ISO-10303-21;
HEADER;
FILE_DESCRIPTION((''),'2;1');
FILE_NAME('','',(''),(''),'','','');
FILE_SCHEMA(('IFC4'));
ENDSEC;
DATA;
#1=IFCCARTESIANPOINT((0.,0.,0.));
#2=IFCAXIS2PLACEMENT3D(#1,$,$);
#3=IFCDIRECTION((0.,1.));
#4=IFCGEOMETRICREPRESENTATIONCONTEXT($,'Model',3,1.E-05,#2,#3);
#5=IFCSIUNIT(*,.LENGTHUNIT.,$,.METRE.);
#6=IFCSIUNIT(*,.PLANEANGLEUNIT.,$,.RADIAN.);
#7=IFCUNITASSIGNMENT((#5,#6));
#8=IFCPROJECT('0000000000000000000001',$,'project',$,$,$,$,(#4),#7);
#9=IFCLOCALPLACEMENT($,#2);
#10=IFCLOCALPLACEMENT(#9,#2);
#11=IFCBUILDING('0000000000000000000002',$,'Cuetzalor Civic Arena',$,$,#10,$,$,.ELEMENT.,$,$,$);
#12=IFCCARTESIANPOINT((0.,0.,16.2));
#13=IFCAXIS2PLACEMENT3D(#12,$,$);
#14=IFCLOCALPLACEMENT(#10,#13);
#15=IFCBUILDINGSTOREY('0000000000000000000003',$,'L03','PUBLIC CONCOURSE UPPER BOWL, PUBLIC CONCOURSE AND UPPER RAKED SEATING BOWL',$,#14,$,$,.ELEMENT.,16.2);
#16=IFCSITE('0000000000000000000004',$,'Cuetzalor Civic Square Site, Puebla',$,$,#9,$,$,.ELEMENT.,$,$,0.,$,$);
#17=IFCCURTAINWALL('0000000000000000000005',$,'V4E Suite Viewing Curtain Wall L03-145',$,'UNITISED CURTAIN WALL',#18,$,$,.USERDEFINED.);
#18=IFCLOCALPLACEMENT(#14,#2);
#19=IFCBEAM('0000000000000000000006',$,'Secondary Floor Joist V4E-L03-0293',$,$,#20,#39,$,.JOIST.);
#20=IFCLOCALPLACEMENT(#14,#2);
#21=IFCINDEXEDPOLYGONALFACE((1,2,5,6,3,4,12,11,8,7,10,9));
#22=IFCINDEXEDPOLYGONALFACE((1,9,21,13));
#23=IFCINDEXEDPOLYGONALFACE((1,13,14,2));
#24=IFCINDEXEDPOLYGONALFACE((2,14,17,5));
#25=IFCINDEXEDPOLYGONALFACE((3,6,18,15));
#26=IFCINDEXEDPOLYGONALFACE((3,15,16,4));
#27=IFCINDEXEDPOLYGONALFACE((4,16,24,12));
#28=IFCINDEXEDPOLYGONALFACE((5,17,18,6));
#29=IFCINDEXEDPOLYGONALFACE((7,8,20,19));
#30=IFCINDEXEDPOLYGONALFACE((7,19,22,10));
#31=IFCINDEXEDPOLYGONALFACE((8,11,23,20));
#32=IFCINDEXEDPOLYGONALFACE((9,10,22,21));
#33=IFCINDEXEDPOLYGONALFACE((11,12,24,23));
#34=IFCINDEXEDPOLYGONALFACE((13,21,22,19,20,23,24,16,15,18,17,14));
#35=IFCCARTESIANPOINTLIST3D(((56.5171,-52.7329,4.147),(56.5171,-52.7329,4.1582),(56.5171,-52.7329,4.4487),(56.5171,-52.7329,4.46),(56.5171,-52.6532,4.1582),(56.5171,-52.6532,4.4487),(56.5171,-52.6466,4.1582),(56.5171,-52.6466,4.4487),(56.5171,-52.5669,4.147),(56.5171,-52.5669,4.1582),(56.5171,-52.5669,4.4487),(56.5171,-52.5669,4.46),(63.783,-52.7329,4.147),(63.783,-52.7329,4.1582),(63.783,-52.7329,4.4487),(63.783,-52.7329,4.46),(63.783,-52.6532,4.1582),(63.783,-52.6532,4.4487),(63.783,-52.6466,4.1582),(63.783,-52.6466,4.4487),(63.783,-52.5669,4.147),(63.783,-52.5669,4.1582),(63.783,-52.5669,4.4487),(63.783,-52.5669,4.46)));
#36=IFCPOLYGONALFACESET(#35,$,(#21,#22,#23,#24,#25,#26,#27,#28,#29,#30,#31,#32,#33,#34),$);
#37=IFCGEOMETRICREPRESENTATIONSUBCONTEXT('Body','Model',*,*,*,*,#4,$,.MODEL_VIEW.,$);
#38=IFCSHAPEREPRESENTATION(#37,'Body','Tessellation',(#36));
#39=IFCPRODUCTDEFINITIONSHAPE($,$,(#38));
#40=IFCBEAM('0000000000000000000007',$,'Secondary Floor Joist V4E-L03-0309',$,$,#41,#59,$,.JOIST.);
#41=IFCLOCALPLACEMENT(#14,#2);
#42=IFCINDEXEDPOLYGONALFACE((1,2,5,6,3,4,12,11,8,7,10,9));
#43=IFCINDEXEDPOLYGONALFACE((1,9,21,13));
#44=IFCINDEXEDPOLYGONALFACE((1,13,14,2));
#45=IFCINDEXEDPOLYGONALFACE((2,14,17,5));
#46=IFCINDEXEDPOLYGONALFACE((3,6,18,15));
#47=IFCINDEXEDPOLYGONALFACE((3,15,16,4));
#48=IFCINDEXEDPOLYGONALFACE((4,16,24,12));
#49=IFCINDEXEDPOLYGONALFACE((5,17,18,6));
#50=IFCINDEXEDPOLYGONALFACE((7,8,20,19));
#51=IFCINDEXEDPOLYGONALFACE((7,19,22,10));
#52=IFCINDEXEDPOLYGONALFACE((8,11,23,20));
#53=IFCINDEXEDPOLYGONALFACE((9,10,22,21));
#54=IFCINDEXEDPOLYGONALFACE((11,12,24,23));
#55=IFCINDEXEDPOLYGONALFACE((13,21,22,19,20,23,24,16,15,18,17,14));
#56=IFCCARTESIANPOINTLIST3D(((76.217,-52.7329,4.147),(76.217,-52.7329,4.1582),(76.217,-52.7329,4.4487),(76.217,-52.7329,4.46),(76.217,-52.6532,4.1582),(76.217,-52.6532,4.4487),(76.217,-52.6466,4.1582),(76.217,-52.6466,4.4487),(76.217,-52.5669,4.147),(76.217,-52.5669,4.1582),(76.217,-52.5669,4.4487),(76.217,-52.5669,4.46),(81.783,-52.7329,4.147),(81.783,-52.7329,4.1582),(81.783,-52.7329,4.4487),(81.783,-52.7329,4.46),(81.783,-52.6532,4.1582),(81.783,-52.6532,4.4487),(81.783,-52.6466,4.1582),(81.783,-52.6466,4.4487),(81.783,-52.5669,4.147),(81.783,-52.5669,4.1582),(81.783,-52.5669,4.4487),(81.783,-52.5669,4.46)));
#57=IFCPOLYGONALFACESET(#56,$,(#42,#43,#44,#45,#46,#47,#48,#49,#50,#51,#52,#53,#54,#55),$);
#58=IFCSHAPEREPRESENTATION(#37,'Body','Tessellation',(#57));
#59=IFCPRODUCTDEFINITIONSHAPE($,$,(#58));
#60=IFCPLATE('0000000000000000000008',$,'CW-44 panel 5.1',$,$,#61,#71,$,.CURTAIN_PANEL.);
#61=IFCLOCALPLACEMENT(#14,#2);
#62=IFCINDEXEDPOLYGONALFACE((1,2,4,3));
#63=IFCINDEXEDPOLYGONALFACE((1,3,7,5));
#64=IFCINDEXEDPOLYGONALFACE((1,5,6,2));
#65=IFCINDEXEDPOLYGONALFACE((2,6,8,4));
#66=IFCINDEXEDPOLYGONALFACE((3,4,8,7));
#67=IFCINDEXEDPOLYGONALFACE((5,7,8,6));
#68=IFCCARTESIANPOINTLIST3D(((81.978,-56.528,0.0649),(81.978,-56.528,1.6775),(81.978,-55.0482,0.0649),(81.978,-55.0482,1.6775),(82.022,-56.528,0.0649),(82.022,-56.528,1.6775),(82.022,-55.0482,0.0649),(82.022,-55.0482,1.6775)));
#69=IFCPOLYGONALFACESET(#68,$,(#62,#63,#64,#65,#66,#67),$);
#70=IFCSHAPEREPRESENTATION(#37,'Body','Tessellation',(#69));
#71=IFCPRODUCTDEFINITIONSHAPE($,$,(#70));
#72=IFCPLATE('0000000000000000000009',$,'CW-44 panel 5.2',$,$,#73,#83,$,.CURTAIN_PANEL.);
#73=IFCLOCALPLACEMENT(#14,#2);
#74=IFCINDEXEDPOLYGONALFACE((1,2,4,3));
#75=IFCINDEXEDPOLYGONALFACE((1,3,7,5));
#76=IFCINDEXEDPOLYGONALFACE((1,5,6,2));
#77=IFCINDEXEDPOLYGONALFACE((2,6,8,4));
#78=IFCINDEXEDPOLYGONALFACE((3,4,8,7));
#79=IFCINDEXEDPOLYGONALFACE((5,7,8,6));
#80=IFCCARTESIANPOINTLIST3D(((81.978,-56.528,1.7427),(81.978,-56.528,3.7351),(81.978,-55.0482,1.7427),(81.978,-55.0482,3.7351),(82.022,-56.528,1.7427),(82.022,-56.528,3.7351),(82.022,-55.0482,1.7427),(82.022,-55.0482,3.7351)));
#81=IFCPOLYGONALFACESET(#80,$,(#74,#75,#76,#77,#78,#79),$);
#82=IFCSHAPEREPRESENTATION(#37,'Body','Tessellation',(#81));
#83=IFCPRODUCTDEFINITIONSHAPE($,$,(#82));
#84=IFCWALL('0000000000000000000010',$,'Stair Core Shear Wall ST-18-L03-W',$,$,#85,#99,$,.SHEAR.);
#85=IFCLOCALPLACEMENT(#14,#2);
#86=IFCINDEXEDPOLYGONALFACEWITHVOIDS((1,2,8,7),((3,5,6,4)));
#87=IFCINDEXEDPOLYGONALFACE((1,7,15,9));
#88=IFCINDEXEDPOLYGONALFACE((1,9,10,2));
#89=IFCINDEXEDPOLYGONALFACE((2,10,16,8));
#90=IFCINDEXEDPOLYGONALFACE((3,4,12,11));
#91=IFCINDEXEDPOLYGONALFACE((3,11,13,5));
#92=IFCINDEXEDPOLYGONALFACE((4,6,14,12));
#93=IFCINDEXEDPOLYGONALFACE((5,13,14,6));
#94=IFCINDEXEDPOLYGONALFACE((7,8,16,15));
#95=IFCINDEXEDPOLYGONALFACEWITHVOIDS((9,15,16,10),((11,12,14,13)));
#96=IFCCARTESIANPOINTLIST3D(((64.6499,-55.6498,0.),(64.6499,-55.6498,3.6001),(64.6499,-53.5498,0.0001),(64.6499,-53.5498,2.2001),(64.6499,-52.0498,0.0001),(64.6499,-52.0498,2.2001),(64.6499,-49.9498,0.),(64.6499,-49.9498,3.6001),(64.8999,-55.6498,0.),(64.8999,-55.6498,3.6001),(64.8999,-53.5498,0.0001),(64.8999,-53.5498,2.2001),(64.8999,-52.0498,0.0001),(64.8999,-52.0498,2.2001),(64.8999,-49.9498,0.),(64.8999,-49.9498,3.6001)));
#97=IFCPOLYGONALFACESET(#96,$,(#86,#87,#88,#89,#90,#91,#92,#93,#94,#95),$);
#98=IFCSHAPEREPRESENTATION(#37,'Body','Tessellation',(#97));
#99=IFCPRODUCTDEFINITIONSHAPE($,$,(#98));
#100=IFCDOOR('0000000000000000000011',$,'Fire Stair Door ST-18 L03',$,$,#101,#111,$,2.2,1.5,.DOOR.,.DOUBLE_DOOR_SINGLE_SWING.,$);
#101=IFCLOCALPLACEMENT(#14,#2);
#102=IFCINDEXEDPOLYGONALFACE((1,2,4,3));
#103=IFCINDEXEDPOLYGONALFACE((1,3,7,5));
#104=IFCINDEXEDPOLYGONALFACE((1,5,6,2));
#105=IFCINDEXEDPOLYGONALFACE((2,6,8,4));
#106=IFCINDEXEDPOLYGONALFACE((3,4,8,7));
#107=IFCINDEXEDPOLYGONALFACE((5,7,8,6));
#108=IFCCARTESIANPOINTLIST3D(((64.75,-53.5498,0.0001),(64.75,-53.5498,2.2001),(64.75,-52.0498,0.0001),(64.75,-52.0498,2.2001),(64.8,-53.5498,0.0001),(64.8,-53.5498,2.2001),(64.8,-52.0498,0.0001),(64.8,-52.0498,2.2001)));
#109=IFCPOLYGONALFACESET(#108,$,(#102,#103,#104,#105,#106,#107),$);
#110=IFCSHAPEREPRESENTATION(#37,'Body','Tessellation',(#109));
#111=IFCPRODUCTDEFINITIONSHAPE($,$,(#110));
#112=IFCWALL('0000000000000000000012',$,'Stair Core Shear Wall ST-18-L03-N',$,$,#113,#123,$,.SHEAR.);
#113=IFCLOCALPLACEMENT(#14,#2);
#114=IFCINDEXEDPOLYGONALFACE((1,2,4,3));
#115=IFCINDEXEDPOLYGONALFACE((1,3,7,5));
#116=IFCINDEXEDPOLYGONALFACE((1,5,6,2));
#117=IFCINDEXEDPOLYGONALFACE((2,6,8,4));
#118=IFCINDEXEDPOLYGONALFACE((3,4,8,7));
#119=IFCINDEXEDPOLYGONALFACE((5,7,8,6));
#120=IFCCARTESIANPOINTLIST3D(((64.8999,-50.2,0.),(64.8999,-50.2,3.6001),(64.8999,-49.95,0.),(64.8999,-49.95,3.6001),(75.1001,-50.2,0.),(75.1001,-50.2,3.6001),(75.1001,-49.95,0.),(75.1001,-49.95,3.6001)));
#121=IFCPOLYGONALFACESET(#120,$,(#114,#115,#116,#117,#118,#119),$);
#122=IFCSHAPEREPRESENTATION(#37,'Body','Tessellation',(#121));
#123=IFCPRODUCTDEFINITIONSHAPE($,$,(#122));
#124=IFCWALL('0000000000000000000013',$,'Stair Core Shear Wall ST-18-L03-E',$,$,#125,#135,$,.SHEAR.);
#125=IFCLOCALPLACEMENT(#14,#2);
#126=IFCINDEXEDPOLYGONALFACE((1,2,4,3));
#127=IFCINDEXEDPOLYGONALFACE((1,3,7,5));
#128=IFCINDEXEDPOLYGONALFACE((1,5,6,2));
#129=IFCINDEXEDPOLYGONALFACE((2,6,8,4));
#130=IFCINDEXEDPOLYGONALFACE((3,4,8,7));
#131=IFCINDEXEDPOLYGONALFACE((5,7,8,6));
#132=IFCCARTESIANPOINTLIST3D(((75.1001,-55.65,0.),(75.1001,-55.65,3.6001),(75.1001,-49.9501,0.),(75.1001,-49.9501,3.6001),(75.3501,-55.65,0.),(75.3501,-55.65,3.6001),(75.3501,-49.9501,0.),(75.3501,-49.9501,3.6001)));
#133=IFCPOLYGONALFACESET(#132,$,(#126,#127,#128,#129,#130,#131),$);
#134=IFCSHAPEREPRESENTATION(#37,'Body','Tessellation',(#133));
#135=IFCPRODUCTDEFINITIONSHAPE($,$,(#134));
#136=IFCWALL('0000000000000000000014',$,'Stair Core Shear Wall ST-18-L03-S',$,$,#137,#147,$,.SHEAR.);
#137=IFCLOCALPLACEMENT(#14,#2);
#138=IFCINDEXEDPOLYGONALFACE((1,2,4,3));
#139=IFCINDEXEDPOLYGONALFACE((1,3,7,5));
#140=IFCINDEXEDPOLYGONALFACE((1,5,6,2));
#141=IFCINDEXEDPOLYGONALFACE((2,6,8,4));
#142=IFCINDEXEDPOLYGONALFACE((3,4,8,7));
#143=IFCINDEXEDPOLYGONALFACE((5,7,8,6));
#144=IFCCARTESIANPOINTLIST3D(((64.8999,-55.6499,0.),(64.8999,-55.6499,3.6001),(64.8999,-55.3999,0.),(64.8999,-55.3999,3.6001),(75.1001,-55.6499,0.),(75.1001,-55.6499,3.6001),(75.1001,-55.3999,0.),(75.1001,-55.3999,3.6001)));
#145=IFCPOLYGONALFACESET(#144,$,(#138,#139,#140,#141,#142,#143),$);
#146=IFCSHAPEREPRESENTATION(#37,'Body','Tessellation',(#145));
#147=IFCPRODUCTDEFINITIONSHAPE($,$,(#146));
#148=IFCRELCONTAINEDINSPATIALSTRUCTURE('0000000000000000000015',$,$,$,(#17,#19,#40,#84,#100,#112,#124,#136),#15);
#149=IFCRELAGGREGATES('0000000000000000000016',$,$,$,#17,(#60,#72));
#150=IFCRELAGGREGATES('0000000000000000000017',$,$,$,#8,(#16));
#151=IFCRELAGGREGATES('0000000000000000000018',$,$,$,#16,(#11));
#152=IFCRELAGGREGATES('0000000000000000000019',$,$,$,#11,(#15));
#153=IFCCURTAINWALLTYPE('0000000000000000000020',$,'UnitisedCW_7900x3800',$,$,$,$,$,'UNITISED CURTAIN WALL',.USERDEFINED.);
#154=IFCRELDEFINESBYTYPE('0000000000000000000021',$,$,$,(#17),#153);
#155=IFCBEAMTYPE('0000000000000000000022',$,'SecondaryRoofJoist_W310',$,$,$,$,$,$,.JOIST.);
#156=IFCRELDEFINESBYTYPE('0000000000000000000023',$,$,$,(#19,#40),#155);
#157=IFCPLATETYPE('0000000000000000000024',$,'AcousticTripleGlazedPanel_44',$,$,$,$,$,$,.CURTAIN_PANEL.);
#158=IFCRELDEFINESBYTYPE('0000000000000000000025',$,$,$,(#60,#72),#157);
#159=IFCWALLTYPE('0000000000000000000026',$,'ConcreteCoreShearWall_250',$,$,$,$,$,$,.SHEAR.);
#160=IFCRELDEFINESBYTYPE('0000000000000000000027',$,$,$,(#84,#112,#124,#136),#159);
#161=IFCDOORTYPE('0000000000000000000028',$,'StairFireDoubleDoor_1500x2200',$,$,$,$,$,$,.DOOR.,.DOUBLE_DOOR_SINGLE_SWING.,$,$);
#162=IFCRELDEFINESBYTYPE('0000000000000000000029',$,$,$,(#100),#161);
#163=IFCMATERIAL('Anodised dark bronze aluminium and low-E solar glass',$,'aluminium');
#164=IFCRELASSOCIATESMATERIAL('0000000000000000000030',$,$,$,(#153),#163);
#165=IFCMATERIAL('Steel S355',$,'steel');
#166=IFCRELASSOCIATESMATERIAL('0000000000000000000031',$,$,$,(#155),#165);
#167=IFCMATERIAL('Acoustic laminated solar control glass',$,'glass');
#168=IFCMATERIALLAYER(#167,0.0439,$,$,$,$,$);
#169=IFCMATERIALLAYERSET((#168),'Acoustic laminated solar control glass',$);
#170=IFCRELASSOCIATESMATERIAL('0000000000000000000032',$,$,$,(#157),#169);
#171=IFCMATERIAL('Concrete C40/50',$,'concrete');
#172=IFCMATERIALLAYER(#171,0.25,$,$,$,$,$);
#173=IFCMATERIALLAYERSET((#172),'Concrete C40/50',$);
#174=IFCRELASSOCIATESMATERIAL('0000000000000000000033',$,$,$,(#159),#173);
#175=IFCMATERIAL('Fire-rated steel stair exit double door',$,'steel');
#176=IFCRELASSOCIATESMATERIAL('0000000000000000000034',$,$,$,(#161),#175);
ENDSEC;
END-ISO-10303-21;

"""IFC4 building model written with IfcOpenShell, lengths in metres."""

from ifc_helpers import new_model, si_unit, direction, frame, frame_2d, origin, origin_2d, place, context, subcontext, project, spatial, rectangle, i_section, extrude, material, layer, layer_set, material_profile, profile_set, type_object, element, fill, aggregate, save


model = new_model("IFC4")

# Units and contexts
model_context = context("Model", 3, precision=1e-05, world=origin(), true_north=direction((0.0, 1.0)))
body_context = subcontext(model_context, "Body", "Model", "MODEL_VIEW")
ifc_project = project(units=[si_unit("LENGTHUNIT", "METRE"), si_unit("PLANEANGLEUNIT", "RADIAN")], contexts=[model_context])

# Site, building, storey
site_placement = place(None, origin())
site = spatial("IfcSite", under=ifc_project, at=site_placement, Name="Cuetzalor Civic Square Site, Puebla", CompositionType="ELEMENT", RefElevation=0.0)
building_placement = place(site_placement, origin())
building = spatial("IfcBuilding", under=site, at=building_placement, Name="Cuetzalor Civic Arena", CompositionType="ELEMENT")
storey_placement = place(building_placement, frame((0.0, 0.0, 16.2)))
storey = spatial("IfcBuildingStorey", under=building, at=storey_placement, Name="L03", Description="PUBLIC CONCOURSE UPPER BOWL, PUBLIC CONCOURSE AND UPPER RAKED SEATING BOWL", CompositionType="ELEMENT", Elevation=16.2)

# Curtain wall
ifc_material_1 = material(Name="Anodised dark bronze aluminium and low-E solar glass", Category="aluminium")
curtain_wall_type = type_object("IfcCurtainWallType", Name="UnitisedCW_7900x3800", ElementType="UNITISED CURTAIN WALL", PredefinedType="USERDEFINED", material=ifc_material_1)
curtain_wall_placement = place(storey_placement, origin())
curtain_wall = element("IfcCurtainWall", 1, at=curtain_wall_placement, inside=storey, type_object=curtain_wall_type, Name="V4E Suite Viewing Curtain Wall L03-145", ObjectType="UNITISED CURTAIN WALL", PredefinedType="USERDEFINED")

# Beams
ifc_material_2 = material(Name="Steel S355", Category="steel")
ifc_material_profile_1 = material_profile(ifc_material_2, i_section(OverallWidth=0.166, OverallDepth=0.313, WebThickness=0.0066, FlangeThickness=0.0112, at=origin_2d()), Name="W310x45")
ifc_profile_set_1 = profile_set([ifc_material_profile_1], Name="Steel S355")
beam_type_1 = type_object("IfcBeamType", Name="SecondaryRoofJoist_W310", PredefinedType="JOIST", material=ifc_profile_set_1)
beam_1_placement = place(storey_placement, frame((56.5171, -52.6499, 4.3035), z_axis=(1.0, 0.0, 0.0), x_axis=(0.0, 1.0, 0.0)))
element("IfcBeam", 2, at=beam_1_placement, inside=storey, type_object=beam_type_1, Name="Secondary Floor Joist V4E-L03-0293", PredefinedType="JOIST", context=body_context, shape_type="SweptSolid", body=[
    extrude(i_section(OverallWidth=0.166, OverallDepth=0.313, WebThickness=0.0066, FlangeThickness=0.0112, at=origin_2d()), origin(), (0.0, 0.0, 1.0), 7.2659),
])
beam_2_placement = place(storey_placement, frame((76.217, -52.6499, 4.3035), z_axis=(1.0, 0.0, 0.0), x_axis=(0.0, 1.0, 0.0)))
element("IfcBeam", 3, at=beam_2_placement, inside=storey, type_object=beam_type_1, Name="Secondary Floor Joist V4E-L03-0309", PredefinedType="JOIST", context=body_context, shape_type="SweptSolid", body=[
    extrude(i_section(OverallWidth=0.166, OverallDepth=0.313, WebThickness=0.0066, FlangeThickness=0.0112, at=origin_2d()), origin(), (0.0, 0.0, 1.0), 5.5659),
])

# Plates
ifc_material_3 = material(Name="Acoustic laminated solar control glass", Category="glass")
ifc_layer_1 = layer(ifc_material_3, 0.0439)
ifc_layer_set_1 = layer_set([ifc_layer_1], Name="Acoustic laminated solar control glass")
plate_type = type_object("IfcPlateType", Name="AcousticTripleGlazedPanel_44", PredefinedType="CURTAIN_PANEL", material=ifc_layer_set_1)
plate_1_placement = place(storey_placement, frame((82.0, -55.7881, 0.0649), z_axis=(0.0, 0.0, 1.0), x_axis=(0.0, -1.0, 0.0)))
plate_1 = element("IfcPlate", 4, at=plate_1_placement, type_object=plate_type, Name="CW-44 panel 5.1", PredefinedType="CURTAIN_PANEL", context=body_context, shape_type="SweptSolid", body=[
    extrude(rectangle(XDim=1.4797, YDim=0.0439, at=origin_2d()), origin(), (0.0, 0.0, 1.0), 1.6125),
])
plate_2_placement = place(storey_placement, frame((82.0, -55.7881, 1.7427), z_axis=(0.0, 0.0, 1.0), x_axis=(0.0, -1.0, 0.0)))
plate_2 = element("IfcPlate", 5, at=plate_2_placement, type_object=plate_type, Name="CW-44 panel 5.2", PredefinedType="CURTAIN_PANEL", context=body_context, shape_type="SweptSolid", body=[
    extrude(rectangle(XDim=1.4797, YDim=0.0439, at=origin_2d()), origin(), (0.0, 0.0, 1.0), 1.9924),
])
aggregate(curtain_wall, [plate_1, plate_2])

# Wall, opening, door
ifc_material_4 = material(Name="Concrete C40/50", Category="concrete")
ifc_layer_2 = layer(ifc_material_4, 0.25)
ifc_layer_set_2 = layer_set([ifc_layer_2], Name="Concrete C40/50")
wall_type = type_object("IfcWallType", Name="ConcreteCoreShearWall_250", PredefinedType="SHEAR", material=ifc_layer_set_2)
wall_1_placement = place(storey_placement, frame((64.7749, -55.6499, 0.0), z_axis=(0.0, 0.0, 1.0), x_axis=(0.0, 1.0, 0.0)))
wall_1 = element("IfcWall", 6, at=wall_1_placement, inside=storey, type_object=wall_type, Name="Stair Core Shear Wall ST-18-L03-W", PredefinedType="SHEAR", context=body_context, shape_type="SweptSolid", body=[
    extrude(rectangle(XDim=5.7, YDim=0.25, at=frame_2d((2.8501, 0.0))), origin(), (0.0, 0.0, 1.0), 3.6001),
])
opening_placement = place(wall_1_placement, frame((2.1001, 0.0, 0.0)))
opening = element("IfcOpeningElement", 7, at=opening_placement, cuts=wall_1, PredefinedType="OPENING", context=body_context, shape_type="SweptSolid", body=[
    extrude(rectangle(XDim=1.5, YDim=2.2, at=frame_2d((0.75, 1.1001))), frame((0.0, 0.135, 0.0), z_axis=(0.0, -1.0, 0.0), x_axis=(1.0, 0.0, 0.0)), (0.0, 0.0, 1.0), 0.27),
])
ifc_material_5 = material(Name="Fire-rated steel stair exit double door", Category="steel")
door_type = type_object("IfcDoorType", Name="StairFireDoubleDoor_1500x2200", OperationType="DOUBLE_DOOR_SINGLE_SWING", PredefinedType="DOOR", material=ifc_material_5)
door_placement = place(opening_placement, origin())
door = element("IfcDoor", 8, at=door_placement, inside=storey, type_object=door_type, Name="Fire Stair Door ST-18 L03", OperationType="DOUBLE_DOOR_SINGLE_SWING", OverallHeight=2.2, OverallWidth=1.5, PredefinedType="DOOR", context=body_context, shape_type="SweptSolid", body=[
    extrude(rectangle(XDim=1.5, YDim=2.2, at=frame_2d((0.75, 1.1001))), frame((0.0, 0.0249, 0.0), z_axis=(0.0, -1.0, 0.0), x_axis=(1.0, 0.0, 0.0)), (0.0, 0.0, 1.0), 0.05),
])
fill(opening, door)

# Walls
wall_2_placement = place(storey_placement, frame((64.8999, -50.075, 0.0), z_axis=(0.0, 0.0, 1.0), x_axis=(1.0, 0.0, 0.0)))
element("IfcWall", 9, at=wall_2_placement, inside=storey, type_object=wall_type, Name="Stair Core Shear Wall ST-18-L03-N", PredefinedType="SHEAR", context=body_context, shape_type="SweptSolid", body=[
    extrude(rectangle(XDim=10.2002, YDim=0.25, at=frame_2d((5.1001, 0.0))), origin(), (0.0, 0.0, 1.0), 3.6001),
])
wall_3_placement = place(storey_placement, frame((75.2251, -49.95, 0.0), z_axis=(0.0, 0.0, 1.0), x_axis=(0.0, -1.0, 0.0)))
element("IfcWall", 10, at=wall_3_placement, inside=storey, type_object=wall_type, Name="Stair Core Shear Wall ST-18-L03-E", PredefinedType="SHEAR", context=body_context, shape_type="SweptSolid", body=[
    extrude(rectangle(XDim=5.7, YDim=0.25, at=frame_2d((2.8501, 0.0))), origin(), (0.0, 0.0, 1.0), 3.6001),
])
wall_4_placement = place(storey_placement, frame((75.1001, -55.5249, 0.0), z_axis=(0.0, 0.0, 1.0), x_axis=(-1.0, 0.0, 0.0)))
element("IfcWall", 11, at=wall_4_placement, inside=storey, type_object=wall_type, Name="Stair Core Shear Wall ST-18-L03-S", PredefinedType="SHEAR", context=body_context, shape_type="SweptSolid", body=[
    extrude(rectangle(XDim=10.2002, YDim=0.25, at=frame_2d((5.1001, 0.0))), origin(), (0.0, 0.0, 1.0), 3.6001),
])

save(model, "model.ifc")
